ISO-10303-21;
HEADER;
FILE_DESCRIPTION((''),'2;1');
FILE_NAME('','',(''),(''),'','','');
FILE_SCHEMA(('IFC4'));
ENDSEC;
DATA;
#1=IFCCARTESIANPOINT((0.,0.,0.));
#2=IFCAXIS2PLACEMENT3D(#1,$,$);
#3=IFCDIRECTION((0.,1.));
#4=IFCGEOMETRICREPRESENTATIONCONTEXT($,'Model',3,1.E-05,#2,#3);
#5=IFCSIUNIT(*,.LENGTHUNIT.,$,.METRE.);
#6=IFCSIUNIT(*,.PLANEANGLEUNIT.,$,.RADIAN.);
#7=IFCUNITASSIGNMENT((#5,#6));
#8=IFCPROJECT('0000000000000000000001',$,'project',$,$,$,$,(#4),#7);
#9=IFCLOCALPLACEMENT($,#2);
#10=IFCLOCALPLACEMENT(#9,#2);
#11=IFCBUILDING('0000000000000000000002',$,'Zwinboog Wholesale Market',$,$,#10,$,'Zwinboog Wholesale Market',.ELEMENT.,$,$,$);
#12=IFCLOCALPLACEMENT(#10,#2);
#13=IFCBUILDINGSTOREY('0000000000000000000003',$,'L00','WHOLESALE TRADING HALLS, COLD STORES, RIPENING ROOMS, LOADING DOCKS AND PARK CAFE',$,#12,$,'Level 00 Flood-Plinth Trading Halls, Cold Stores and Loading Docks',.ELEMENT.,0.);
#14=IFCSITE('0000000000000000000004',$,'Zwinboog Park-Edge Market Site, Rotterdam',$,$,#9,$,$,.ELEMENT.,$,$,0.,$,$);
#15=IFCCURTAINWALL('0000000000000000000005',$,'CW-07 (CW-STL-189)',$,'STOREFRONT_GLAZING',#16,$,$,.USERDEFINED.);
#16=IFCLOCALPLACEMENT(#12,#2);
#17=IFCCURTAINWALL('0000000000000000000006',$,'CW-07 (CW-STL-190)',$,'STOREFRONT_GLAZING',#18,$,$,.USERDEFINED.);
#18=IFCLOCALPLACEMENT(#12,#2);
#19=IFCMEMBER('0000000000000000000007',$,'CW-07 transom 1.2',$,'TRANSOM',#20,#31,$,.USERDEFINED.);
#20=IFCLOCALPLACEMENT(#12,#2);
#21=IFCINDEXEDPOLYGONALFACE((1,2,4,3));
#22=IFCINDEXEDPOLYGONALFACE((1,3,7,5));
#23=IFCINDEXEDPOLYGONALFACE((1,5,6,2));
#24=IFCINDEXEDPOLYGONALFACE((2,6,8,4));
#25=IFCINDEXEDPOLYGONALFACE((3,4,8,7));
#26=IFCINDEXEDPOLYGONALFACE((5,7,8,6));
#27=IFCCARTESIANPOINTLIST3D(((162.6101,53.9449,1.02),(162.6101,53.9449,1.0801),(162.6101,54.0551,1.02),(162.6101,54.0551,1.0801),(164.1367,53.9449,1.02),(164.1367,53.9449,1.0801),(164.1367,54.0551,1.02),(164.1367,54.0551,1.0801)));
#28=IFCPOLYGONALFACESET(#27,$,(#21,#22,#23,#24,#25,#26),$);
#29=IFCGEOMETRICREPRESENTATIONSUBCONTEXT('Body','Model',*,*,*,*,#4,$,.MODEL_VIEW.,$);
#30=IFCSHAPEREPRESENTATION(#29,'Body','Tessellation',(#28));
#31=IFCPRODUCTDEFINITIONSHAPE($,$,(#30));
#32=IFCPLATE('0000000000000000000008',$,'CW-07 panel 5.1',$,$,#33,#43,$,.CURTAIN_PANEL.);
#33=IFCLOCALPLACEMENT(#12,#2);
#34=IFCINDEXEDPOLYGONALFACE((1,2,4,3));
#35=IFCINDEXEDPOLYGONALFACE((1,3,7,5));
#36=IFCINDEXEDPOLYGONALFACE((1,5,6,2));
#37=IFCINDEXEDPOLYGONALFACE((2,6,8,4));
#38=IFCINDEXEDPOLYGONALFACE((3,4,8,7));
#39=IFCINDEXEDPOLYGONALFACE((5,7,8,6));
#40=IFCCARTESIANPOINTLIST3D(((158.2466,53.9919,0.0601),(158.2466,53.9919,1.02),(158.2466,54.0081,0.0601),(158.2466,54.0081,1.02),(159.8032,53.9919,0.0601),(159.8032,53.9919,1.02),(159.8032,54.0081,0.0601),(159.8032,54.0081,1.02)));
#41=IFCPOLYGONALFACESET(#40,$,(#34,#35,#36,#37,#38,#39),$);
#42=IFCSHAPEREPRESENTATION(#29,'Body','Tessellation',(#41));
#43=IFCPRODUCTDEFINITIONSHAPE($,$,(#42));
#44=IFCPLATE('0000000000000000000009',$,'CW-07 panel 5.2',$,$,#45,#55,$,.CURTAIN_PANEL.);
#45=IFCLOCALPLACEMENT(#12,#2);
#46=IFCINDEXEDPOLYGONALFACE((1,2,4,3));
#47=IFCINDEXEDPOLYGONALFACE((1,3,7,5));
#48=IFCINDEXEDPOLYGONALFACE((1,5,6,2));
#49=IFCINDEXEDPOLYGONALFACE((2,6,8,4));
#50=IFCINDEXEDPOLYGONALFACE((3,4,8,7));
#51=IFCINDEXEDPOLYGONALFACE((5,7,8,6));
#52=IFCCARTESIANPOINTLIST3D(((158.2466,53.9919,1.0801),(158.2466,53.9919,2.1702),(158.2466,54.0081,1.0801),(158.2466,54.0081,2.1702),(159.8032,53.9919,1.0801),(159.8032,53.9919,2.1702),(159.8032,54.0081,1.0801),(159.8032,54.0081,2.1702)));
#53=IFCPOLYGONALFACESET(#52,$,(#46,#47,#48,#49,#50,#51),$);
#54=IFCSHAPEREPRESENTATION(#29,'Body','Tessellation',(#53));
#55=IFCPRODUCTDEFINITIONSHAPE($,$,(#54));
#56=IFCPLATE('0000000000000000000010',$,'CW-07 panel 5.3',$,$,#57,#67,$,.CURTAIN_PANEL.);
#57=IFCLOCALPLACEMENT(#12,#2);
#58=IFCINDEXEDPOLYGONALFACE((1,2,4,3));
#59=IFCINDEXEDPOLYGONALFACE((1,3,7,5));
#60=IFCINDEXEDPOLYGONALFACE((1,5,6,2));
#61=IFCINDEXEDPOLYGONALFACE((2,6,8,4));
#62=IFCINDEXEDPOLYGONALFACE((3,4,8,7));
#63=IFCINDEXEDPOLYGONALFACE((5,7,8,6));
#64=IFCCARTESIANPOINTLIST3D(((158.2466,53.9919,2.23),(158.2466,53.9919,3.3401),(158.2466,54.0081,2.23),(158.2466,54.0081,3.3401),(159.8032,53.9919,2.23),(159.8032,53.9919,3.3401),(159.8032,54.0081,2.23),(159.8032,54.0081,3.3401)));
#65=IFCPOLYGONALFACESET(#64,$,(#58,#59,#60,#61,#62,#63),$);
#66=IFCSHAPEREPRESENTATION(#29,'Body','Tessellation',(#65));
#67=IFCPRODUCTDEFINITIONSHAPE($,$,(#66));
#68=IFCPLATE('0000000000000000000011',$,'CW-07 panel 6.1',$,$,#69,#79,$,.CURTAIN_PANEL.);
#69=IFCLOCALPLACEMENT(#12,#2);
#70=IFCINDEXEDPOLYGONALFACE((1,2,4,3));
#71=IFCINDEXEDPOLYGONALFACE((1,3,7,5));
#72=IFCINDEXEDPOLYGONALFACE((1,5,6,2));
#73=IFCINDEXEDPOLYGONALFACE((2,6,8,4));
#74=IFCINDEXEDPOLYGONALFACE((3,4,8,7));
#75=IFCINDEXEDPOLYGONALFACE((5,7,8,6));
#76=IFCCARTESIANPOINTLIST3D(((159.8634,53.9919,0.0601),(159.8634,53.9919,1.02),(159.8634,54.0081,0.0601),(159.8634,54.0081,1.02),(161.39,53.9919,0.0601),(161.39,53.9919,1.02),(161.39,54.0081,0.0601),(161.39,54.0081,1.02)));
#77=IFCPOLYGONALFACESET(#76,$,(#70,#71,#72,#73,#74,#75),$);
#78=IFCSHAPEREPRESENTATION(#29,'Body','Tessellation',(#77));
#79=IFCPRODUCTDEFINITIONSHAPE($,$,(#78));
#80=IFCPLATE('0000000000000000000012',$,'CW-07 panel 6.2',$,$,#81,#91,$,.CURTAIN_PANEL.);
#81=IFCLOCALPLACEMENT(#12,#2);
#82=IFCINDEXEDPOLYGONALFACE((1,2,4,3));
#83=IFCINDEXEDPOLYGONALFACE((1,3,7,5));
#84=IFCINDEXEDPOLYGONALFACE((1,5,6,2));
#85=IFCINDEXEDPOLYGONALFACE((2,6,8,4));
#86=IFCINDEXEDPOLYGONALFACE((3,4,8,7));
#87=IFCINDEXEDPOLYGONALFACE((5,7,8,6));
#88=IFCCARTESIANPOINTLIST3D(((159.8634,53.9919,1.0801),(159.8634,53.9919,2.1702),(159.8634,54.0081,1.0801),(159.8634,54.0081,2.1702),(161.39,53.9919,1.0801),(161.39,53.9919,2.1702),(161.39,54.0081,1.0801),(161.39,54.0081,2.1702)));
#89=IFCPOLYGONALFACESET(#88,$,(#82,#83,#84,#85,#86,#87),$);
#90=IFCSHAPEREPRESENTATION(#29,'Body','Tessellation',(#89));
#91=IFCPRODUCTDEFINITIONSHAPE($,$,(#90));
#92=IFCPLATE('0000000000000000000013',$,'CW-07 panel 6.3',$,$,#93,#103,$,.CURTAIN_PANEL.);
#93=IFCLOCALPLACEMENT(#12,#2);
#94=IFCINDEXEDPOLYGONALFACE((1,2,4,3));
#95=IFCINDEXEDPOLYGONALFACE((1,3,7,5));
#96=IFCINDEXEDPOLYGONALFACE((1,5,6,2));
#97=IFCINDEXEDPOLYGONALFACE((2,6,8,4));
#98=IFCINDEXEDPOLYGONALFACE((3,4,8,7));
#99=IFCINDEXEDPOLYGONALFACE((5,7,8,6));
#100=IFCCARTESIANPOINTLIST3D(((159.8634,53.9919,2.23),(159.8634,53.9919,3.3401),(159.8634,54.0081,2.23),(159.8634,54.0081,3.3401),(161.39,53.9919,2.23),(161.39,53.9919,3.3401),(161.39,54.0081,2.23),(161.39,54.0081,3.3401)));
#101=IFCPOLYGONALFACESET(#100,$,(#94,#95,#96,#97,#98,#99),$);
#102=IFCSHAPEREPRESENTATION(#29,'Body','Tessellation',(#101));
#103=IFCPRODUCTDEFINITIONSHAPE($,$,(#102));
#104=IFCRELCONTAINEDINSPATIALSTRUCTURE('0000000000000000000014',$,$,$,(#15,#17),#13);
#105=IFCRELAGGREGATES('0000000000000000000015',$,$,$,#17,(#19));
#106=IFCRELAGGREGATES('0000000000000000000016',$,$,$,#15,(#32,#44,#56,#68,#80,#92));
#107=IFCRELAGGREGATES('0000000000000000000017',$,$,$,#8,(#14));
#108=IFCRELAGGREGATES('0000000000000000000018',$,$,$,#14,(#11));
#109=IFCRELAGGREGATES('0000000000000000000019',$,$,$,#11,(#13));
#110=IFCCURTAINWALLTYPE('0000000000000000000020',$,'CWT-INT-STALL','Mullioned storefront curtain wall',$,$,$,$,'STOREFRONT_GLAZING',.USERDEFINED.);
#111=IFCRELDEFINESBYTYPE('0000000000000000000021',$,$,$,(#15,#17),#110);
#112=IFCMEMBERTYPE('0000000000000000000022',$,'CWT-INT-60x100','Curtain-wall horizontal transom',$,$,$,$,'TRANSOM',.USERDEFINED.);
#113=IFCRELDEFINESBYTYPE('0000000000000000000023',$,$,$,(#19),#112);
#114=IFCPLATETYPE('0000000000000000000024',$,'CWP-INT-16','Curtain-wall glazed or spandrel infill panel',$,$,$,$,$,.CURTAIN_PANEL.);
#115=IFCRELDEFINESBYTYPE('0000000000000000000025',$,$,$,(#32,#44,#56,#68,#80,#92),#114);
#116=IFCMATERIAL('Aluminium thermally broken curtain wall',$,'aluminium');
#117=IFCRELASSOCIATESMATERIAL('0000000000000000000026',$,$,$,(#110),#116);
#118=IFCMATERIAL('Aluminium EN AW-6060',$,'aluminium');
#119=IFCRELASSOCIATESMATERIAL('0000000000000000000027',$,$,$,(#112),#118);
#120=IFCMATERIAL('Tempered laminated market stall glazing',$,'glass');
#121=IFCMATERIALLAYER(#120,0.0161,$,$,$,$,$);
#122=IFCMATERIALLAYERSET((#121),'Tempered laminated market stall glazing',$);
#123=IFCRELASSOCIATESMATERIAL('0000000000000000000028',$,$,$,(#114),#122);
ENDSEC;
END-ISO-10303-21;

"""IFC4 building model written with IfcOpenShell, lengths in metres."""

from ifc_helpers import new_model, si_unit, direction, frame, origin, origin_2d, place, context, subcontext, project, spatial, rectangle, extrude, material, layer, layer_set, material_profile, profile_set, type_object, element, aggregate, save


model = new_model("IFC4")

# Units and contexts
model_context = context("Model", 3, precision=1e-05, world=origin(), true_north=direction((0.0, 1.0)))
body_context = subcontext(model_context, "Body", "Model", "MODEL_VIEW")
ifc_project = project(units=[si_unit("LENGTHUNIT", "METRE"), si_unit("PLANEANGLEUNIT", "RADIAN")], contexts=[model_context])

# Site, building, storey
site_placement = place(None, origin())
site = spatial("IfcSite", under=ifc_project, at=site_placement, Name="Zwinboog Park-Edge Market Site, Rotterdam", CompositionType="ELEMENT", RefElevation=0.0)
building_placement = place(site_placement, origin())
building = spatial("IfcBuilding", under=site, at=building_placement, Name="Zwinboog Wholesale Market", LongName="Zwinboog Wholesale Market", CompositionType="ELEMENT")
storey_placement = place(building_placement, origin())
storey = spatial("IfcBuildingStorey", under=building, at=storey_placement, Name="L00", Description="WHOLESALE TRADING HALLS, COLD STORES, RIPENING ROOMS, LOADING DOCKS AND PARK CAFE", LongName="Level 00 Flood-Plinth Trading Halls, Cold Stores and Loading Docks", CompositionType="ELEMENT", Elevation=0.0)

# Curtain wall
ifc_material_1 = material(Name="Aluminium thermally broken curtain wall", Category="aluminium")
curtain_wall_type = type_object("IfcCurtainWallType", Name="CWT-INT-STALL", Description="Mullioned storefront curtain wall", ElementType="STOREFRONT_GLAZING", PredefinedType="USERDEFINED", material=ifc_material_1)
curtain_wall_1_placement = place(storey_placement, origin())
curtain_wall_1 = element("IfcCurtainWall", 1, at=curtain_wall_1_placement, inside=storey, type_object=curtain_wall_type, Name="CW-07 (CW-STL-189)", ObjectType="STOREFRONT_GLAZING", PredefinedType="USERDEFINED")
ifc_material_2 = material(Name="Aluminium EN AW-6060", Category="aluminium")

# Curtain wall
curtain_wall_2_placement = place(storey_placement, origin())
curtain_wall_2 = element("IfcCurtainWall", 2, at=curtain_wall_2_placement, inside=storey, type_object=curtain_wall_type, Name="CW-07 (CW-STL-190)", ObjectType="STOREFRONT_GLAZING", PredefinedType="USERDEFINED")

# Member
ifc_material_profile_1 = material_profile(ifc_material_2, rectangle(XDim=0.1101, YDim=0.0601, at=origin_2d()), Name="AL 60x110")
ifc_profile_set_1 = profile_set([ifc_material_profile_1], Name="Aluminium EN AW-6060")
member_type_1 = type_object("IfcMemberType", Name="CWT-INT-60x100", Description="Curtain-wall horizontal transom", ElementType="TRANSOM", PredefinedType="USERDEFINED", material=ifc_profile_set_1)
member_1_placement = place(storey_placement, frame((162.6101, 54.0, 1.05), z_axis=(1.0, 0.0, 0.0), x_axis=(0.0, 1.0, 0.0)))
member_1 = element("IfcMember", 3, at=member_1_placement, type_object=member_type_1, Name="CW-07 transom 1.2", ObjectType="TRANSOM", PredefinedType="USERDEFINED", context=body_context, shape_type="SweptSolid", body=[
    extrude(rectangle(XDim=0.1101, YDim=0.0601, at=origin_2d()), origin(), (0.0, 0.0, 1.0), 1.5266),
])
aggregate(curtain_wall_2, [member_1])

# Plates
ifc_material_3 = material(Name="Tempered laminated market stall glazing", Category="glass")
ifc_layer = layer(ifc_material_3, 0.0161)
ifc_layer_set = layer_set([ifc_layer], Name="Tempered laminated market stall glazing")
plate_type = type_object("IfcPlateType", Name="CWP-INT-16", Description="Curtain-wall glazed or spandrel infill panel", PredefinedType="CURTAIN_PANEL", material=ifc_layer_set)
plate_1_placement = place(storey_placement, frame((159.0249, 54.0, 0.0601), z_axis=(0.0, 0.0, 1.0), x_axis=(1.0, 0.0, 0.0)))
plate_1 = element("IfcPlate", 4, at=plate_1_placement, type_object=plate_type, Name="CW-07 panel 5.1", PredefinedType="CURTAIN_PANEL", context=body_context, shape_type="SweptSolid", body=[
    extrude(rectangle(XDim=1.5566, YDim=0.0161, at=origin_2d()), origin(), (0.0, 0.0, 1.0), 0.96),
])
plate_2_placement = place(storey_placement, frame((159.0249, 54.0, 1.0801), z_axis=(0.0, 0.0, 1.0), x_axis=(1.0, 0.0, 0.0)))
plate_2 = element("IfcPlate", 5, at=plate_2_placement, type_object=plate_type, Name="CW-07 panel 5.2", PredefinedType="CURTAIN_PANEL", context=body_context, shape_type="SweptSolid", body=[
    extrude(rectangle(XDim=1.5566, YDim=0.0161, at=origin_2d()), origin(), (0.0, 0.0, 1.0), 1.0901),
])
plate_3_placement = place(storey_placement, frame((159.0249, 54.0, 2.23), z_axis=(0.0, 0.0, 1.0), x_axis=(1.0, 0.0, 0.0)))
plate_3 = element("IfcPlate", 6, at=plate_3_placement, type_object=plate_type, Name="CW-07 panel 5.3", PredefinedType="CURTAIN_PANEL", context=body_context, shape_type="SweptSolid", body=[
    extrude(rectangle(XDim=1.5566, YDim=0.0161, at=origin_2d()), origin(), (0.0, 0.0, 1.0), 1.1101),
])
plate_4_placement = place(storey_placement, frame((160.6267, 54.0, 0.0601), z_axis=(0.0, 0.0, 1.0), x_axis=(1.0, 0.0, 0.0)))
plate_4 = element("IfcPlate", 7, at=plate_4_placement, type_object=plate_type, Name="CW-07 panel 6.1", PredefinedType="CURTAIN_PANEL", context=body_context, shape_type="SweptSolid", body=[
    extrude(rectangle(XDim=1.5266, YDim=0.0161, at=origin_2d()), origin(), (0.0, 0.0, 1.0), 0.96),
])
plate_5_placement = place(storey_placement, frame((160.6267, 54.0, 1.0801), z_axis=(0.0, 0.0, 1.0), x_axis=(1.0, 0.0, 0.0)))
plate_5 = element("IfcPlate", 8, at=plate_5_placement, type_object=plate_type, Name="CW-07 panel 6.2", PredefinedType="CURTAIN_PANEL", context=body_context, shape_type="SweptSolid", body=[
    extrude(rectangle(XDim=1.5266, YDim=0.0161, at=origin_2d()), origin(), (0.0, 0.0, 1.0), 1.0901),
])
plate_6_placement = place(storey_placement, frame((160.6267, 54.0, 2.23), z_axis=(0.0, 0.0, 1.0), x_axis=(1.0, 0.0, 0.0)))
plate_6 = element("IfcPlate", 9, at=plate_6_placement, type_object=plate_type, Name="CW-07 panel 6.3", PredefinedType="CURTAIN_PANEL", context=body_context, shape_type="SweptSolid", body=[
    extrude(rectangle(XDim=1.5266, YDim=0.0161, at=origin_2d()), origin(), (0.0, 0.0, 1.0), 1.1101),
])
aggregate(curtain_wall_1, [plate_1, plate_2, plate_3, plate_4, plate_5, plate_6])

save(model, "model.ifc")
